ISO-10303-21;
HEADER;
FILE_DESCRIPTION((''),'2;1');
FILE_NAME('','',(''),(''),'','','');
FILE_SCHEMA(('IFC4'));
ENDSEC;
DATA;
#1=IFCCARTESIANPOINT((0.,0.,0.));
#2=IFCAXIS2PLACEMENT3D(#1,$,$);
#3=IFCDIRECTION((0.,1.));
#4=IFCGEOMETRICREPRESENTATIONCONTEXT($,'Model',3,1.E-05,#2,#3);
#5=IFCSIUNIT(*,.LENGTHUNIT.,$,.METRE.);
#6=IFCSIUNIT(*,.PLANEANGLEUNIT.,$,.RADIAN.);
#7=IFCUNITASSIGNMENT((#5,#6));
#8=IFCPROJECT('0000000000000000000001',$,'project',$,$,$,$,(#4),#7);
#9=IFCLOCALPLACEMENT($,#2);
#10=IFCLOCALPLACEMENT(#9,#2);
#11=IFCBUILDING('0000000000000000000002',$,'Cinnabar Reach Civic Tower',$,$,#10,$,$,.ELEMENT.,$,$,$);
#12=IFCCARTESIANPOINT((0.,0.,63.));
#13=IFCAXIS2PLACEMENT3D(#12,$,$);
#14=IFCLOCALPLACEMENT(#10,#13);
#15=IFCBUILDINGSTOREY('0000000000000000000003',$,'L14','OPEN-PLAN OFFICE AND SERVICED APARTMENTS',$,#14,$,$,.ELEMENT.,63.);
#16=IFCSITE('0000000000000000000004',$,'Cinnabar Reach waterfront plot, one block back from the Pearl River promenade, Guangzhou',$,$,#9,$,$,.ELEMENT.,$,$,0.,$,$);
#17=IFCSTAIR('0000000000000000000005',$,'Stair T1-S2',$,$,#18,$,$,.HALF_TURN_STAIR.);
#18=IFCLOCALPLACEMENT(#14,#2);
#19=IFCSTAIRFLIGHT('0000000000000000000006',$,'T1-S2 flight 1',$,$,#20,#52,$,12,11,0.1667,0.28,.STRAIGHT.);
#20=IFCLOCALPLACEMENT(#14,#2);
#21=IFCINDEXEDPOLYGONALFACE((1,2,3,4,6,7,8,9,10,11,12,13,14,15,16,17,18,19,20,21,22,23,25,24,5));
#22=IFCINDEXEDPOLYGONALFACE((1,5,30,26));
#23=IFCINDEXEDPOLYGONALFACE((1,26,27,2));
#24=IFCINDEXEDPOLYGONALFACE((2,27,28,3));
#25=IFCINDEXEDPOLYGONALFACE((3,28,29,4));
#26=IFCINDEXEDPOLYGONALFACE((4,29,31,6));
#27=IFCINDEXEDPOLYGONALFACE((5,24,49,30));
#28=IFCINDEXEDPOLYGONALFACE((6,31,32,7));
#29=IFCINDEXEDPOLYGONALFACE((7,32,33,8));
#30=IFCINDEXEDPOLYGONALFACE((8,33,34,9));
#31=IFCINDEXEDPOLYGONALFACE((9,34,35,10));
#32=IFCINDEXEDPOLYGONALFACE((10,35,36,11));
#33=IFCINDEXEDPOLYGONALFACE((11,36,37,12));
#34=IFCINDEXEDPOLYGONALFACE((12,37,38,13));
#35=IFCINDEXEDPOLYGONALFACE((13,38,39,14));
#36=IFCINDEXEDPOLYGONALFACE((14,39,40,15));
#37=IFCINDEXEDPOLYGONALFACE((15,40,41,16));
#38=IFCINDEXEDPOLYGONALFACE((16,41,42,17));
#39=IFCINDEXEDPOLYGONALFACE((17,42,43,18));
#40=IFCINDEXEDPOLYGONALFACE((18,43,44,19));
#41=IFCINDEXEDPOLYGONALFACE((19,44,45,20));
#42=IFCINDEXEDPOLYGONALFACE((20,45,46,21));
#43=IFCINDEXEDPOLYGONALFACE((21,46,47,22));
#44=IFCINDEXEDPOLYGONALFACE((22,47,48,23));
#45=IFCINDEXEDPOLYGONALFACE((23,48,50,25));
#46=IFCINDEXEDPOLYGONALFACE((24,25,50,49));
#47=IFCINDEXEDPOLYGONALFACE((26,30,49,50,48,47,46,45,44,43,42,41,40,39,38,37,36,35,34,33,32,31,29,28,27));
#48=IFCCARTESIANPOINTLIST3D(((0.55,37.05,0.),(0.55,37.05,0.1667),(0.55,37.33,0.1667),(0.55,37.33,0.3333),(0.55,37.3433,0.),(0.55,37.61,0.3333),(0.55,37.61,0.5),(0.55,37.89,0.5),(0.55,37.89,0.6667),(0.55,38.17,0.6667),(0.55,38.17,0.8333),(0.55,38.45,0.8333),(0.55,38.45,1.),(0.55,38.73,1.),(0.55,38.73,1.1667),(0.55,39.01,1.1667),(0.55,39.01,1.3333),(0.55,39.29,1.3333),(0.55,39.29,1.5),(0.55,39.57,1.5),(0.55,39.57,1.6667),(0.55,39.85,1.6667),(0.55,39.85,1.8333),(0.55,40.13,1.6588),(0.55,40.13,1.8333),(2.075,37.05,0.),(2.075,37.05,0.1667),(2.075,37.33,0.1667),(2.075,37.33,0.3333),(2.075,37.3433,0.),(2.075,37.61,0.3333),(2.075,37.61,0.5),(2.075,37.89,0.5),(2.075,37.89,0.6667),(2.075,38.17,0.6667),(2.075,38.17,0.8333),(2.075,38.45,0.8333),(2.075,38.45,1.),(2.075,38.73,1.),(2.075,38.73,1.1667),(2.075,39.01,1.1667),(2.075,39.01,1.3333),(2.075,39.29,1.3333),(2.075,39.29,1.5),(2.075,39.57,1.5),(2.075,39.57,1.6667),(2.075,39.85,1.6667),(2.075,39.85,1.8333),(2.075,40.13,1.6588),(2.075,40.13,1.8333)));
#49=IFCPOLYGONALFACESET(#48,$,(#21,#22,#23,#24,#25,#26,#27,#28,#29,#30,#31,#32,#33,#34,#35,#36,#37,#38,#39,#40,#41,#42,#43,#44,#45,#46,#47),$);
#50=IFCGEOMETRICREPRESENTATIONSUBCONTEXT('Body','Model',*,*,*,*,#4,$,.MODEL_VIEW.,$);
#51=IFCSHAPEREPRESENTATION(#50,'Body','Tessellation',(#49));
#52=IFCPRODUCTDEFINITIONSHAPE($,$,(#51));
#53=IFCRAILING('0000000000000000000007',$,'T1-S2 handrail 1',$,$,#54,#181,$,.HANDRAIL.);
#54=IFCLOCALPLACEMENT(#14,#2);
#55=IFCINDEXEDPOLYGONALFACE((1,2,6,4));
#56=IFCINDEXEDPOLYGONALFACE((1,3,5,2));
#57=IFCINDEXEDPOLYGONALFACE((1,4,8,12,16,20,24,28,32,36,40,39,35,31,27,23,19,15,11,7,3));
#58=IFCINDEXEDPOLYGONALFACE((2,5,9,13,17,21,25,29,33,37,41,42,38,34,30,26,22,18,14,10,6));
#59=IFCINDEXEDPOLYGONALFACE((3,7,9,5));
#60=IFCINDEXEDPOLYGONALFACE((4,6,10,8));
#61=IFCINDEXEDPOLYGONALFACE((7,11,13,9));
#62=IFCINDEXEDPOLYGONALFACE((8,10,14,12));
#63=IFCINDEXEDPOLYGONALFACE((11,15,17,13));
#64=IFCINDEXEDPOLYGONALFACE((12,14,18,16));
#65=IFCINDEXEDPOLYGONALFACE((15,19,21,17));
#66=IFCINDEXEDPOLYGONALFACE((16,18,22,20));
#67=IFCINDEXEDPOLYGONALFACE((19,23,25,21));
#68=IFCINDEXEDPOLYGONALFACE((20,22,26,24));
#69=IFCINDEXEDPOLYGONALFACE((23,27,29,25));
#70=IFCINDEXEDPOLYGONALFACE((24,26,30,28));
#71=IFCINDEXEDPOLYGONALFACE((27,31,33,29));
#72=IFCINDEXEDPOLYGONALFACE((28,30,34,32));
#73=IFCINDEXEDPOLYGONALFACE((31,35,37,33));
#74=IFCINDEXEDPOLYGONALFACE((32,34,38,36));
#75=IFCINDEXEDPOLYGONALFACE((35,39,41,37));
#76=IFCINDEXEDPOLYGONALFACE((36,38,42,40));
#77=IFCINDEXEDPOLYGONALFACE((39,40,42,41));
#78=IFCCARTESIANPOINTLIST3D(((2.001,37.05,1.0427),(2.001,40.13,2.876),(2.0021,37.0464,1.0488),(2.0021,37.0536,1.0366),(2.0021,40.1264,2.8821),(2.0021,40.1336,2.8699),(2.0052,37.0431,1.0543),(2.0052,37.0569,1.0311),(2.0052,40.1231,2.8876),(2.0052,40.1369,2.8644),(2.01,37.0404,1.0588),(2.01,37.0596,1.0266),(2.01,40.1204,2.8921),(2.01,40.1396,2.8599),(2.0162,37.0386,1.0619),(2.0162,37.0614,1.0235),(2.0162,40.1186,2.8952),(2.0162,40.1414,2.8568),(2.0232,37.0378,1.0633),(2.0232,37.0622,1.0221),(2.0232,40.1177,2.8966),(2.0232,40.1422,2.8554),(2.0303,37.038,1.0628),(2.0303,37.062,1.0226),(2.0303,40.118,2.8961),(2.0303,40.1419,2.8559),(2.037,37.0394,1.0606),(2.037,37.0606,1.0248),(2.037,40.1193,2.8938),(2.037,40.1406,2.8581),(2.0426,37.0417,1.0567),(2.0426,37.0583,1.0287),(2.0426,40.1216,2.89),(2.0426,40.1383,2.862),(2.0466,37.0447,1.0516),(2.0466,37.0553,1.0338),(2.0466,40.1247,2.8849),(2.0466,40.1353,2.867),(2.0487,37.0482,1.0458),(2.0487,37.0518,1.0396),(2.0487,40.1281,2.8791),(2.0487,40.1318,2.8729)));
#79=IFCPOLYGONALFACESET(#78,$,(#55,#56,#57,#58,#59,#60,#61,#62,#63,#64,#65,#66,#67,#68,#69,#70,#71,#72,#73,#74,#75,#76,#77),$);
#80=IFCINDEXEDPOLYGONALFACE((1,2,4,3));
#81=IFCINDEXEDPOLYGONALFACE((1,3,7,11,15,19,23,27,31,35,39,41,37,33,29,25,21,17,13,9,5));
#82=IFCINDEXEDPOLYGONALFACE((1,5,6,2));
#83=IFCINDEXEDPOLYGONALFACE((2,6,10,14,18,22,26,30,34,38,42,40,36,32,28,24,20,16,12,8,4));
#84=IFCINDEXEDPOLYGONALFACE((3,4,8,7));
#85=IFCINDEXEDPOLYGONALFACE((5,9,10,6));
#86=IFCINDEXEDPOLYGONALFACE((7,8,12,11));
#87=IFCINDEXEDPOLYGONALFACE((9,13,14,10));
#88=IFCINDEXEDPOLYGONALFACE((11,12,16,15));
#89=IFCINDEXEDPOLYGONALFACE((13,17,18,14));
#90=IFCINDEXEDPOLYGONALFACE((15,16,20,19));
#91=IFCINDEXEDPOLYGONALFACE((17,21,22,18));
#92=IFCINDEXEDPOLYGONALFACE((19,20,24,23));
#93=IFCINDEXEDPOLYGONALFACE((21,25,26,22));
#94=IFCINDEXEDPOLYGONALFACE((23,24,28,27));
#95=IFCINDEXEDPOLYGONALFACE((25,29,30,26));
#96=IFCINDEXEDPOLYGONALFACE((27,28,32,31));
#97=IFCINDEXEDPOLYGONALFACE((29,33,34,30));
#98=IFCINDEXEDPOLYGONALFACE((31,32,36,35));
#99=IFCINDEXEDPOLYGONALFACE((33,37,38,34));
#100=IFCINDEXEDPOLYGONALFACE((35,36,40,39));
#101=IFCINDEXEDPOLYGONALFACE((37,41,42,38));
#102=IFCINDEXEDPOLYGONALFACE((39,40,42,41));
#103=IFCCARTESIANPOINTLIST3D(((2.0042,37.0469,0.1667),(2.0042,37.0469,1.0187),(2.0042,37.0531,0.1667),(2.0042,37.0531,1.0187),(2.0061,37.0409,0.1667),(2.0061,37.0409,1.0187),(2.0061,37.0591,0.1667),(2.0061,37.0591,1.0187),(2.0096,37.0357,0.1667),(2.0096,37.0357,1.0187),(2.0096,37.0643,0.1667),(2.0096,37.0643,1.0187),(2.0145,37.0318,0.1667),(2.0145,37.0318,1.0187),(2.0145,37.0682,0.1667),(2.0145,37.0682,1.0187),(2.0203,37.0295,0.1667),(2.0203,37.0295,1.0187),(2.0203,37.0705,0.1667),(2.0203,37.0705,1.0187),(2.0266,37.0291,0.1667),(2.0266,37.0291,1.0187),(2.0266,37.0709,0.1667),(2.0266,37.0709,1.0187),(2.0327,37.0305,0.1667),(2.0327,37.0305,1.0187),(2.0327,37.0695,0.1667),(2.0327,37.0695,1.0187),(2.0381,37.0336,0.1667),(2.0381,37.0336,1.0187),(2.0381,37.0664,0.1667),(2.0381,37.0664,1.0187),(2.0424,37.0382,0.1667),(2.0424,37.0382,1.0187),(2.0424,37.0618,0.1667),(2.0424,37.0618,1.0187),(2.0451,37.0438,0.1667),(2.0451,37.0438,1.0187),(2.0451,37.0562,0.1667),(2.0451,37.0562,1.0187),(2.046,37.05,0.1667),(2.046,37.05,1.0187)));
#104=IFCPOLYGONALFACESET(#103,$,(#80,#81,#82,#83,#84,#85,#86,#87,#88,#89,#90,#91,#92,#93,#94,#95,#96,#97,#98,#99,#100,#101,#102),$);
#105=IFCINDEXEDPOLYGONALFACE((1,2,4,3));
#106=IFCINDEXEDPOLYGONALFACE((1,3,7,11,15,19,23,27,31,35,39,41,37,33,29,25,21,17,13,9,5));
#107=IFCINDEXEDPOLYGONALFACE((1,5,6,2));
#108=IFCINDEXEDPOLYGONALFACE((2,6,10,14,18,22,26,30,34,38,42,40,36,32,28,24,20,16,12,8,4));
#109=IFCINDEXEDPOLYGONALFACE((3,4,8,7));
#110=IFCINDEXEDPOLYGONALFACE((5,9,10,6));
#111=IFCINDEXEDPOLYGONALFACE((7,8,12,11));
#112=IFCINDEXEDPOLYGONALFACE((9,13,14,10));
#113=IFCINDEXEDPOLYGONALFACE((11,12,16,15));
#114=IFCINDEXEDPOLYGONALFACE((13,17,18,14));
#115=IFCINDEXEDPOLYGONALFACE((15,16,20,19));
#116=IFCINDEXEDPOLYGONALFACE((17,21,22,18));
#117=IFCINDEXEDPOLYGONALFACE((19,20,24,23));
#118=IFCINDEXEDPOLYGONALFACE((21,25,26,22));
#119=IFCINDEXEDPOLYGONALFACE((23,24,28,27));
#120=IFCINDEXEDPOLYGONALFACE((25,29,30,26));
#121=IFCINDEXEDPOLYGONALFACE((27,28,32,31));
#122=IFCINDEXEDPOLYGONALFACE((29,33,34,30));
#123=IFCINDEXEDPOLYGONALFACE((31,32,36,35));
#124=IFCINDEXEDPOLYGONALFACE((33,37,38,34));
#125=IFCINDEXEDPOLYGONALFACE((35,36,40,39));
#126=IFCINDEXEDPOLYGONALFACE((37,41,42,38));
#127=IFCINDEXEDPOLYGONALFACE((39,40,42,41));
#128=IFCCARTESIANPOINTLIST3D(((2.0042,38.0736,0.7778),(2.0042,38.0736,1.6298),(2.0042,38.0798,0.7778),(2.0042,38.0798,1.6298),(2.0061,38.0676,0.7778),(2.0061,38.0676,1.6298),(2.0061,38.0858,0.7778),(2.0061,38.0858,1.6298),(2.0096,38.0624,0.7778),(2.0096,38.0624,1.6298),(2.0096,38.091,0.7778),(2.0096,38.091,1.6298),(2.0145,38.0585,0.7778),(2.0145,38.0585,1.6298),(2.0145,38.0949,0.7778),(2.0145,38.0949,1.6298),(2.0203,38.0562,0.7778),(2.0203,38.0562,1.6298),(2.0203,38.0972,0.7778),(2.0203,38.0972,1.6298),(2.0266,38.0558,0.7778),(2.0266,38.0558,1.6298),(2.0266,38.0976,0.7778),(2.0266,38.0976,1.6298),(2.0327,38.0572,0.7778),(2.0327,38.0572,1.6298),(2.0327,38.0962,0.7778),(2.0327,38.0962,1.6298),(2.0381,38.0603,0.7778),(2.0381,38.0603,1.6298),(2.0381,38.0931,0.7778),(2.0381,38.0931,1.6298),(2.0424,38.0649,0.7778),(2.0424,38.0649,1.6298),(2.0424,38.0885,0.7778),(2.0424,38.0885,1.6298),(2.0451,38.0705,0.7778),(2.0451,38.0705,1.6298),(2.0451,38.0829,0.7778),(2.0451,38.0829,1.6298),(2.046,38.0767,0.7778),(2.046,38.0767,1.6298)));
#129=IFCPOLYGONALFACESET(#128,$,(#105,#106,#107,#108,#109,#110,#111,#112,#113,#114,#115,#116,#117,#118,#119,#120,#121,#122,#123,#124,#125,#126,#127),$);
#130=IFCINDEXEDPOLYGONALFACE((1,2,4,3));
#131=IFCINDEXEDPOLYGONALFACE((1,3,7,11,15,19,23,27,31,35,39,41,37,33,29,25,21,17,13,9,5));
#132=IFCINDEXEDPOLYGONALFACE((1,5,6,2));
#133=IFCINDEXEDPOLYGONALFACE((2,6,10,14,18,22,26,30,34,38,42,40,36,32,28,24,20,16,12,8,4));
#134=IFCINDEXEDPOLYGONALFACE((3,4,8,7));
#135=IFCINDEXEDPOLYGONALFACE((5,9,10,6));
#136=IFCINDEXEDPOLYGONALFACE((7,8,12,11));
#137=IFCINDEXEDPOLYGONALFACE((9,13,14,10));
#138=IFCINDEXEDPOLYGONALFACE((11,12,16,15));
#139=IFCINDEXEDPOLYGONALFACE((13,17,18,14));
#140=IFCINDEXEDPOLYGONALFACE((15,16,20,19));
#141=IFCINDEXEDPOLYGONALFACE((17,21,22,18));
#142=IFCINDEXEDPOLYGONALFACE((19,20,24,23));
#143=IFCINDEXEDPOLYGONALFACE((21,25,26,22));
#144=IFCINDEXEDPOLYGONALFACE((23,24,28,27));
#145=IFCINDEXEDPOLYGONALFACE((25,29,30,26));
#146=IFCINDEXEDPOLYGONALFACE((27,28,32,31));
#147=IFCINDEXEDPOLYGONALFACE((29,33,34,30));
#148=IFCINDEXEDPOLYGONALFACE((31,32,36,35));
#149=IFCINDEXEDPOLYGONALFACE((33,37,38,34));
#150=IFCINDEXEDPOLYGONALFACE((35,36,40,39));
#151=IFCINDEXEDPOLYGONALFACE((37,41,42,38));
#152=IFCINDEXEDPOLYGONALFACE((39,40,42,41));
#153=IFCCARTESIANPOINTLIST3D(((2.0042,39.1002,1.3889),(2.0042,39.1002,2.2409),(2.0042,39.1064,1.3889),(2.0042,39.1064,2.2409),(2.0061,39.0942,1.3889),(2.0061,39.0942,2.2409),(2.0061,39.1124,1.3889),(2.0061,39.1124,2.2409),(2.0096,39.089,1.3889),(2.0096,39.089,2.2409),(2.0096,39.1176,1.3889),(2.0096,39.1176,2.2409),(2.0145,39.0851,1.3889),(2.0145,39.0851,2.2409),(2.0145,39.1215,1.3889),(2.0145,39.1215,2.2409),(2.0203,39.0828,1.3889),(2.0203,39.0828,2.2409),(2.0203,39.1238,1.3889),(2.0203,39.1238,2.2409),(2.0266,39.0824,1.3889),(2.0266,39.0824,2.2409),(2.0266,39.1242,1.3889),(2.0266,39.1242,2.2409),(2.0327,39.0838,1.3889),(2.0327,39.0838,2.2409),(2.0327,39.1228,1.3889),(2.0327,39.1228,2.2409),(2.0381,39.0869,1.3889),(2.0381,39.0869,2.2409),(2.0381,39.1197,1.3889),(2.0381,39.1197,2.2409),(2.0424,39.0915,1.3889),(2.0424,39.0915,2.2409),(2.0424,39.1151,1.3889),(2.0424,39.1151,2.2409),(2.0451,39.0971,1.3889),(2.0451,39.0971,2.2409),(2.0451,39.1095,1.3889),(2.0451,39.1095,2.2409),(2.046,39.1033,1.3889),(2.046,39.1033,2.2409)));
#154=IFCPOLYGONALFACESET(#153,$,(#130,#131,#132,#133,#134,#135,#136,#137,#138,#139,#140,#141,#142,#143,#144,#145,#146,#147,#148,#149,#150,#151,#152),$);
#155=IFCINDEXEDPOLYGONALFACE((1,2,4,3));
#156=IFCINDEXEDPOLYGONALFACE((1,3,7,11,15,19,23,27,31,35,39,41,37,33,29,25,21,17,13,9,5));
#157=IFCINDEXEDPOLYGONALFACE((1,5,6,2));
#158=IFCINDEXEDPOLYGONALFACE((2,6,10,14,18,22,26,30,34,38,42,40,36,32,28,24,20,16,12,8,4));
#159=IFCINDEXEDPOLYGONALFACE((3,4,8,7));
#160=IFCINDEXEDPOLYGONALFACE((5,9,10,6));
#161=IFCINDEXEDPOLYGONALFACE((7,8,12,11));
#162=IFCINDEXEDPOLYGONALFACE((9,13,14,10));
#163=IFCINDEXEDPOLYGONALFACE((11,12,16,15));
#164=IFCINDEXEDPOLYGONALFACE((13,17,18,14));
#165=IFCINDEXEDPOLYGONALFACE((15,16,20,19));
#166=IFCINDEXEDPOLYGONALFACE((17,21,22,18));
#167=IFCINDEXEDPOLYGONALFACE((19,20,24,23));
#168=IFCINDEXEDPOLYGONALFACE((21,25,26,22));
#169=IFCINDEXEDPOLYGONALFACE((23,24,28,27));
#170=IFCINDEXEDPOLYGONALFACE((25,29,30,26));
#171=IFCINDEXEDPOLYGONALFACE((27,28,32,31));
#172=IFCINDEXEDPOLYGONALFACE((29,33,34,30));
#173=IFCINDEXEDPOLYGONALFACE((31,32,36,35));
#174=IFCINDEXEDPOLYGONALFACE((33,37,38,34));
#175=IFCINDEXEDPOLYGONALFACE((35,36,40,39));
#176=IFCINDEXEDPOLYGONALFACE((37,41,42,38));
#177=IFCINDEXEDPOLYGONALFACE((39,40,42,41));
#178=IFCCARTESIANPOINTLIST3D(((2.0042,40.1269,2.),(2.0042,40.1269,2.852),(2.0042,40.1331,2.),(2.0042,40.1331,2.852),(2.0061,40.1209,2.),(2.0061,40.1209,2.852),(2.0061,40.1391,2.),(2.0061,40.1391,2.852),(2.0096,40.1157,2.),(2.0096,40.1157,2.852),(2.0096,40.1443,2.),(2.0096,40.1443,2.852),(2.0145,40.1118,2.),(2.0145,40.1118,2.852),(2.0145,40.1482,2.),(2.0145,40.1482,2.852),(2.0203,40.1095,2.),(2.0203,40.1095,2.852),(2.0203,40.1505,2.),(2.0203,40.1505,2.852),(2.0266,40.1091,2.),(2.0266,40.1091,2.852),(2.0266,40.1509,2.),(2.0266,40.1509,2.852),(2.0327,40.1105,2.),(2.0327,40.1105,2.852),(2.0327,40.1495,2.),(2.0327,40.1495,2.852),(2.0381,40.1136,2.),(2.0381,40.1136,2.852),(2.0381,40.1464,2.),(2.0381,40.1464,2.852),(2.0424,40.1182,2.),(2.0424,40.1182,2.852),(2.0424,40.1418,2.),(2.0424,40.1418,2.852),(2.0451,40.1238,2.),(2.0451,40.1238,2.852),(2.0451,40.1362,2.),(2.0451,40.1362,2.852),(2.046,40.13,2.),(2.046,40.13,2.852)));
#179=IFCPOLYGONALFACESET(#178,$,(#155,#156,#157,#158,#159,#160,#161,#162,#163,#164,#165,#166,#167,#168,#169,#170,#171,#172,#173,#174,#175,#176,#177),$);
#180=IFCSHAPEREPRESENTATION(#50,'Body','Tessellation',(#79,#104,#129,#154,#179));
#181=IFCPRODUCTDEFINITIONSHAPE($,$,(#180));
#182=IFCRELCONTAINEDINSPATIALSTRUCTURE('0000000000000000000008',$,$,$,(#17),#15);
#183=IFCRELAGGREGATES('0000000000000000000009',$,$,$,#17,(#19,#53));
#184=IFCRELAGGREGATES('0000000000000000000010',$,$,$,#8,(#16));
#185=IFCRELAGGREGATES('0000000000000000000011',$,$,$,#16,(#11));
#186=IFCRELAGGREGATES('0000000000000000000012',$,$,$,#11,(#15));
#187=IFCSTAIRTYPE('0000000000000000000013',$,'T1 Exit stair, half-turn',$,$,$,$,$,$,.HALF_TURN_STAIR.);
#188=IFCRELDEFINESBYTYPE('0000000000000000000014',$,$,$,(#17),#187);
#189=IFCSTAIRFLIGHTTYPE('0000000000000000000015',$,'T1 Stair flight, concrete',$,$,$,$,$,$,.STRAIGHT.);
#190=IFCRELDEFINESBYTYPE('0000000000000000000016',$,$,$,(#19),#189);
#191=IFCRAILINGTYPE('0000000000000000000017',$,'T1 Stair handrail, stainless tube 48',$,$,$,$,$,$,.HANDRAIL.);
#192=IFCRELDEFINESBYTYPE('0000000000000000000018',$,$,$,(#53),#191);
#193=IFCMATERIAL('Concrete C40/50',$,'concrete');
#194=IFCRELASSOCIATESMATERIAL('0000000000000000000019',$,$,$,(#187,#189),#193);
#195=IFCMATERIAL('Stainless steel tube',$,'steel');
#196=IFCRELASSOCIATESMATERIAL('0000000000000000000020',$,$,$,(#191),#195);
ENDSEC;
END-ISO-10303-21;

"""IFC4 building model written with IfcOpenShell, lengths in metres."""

from ifc_helpers import new_model, si_unit, direction, frame, origin, origin_2d, place, context, subcontext, project, spatial, polyline, circle, outline, extrude, material, type_object, element, aggregate, save


model = new_model("IFC4")

# Units and contexts
model_context = context("Model", 3, precision=1e-05, world=origin(), true_north=direction((0.0, 1.0)))
body_context = subcontext(model_context, "Body", "Model", "MODEL_VIEW")
ifc_project = project(units=[si_unit("LENGTHUNIT", "METRE"), si_unit("PLANEANGLEUNIT", "RADIAN")], contexts=[model_context])

# Site, building, storey
site_placement = place(None, origin())
site = spatial("IfcSite", under=ifc_project, at=site_placement, Name="Cinnabar Reach waterfront plot, one block back from the Pearl River promenade, Guangzhou", CompositionType="ELEMENT", RefElevation=0.0)
building_placement = place(site_placement, origin())
building = spatial("IfcBuilding", under=site, at=building_placement, Name="Cinnabar Reach Civic Tower", CompositionType="ELEMENT")
storey_placement = place(building_placement, frame((0.0, 0.0, 63.0)))
storey = spatial("IfcBuildingStorey", under=building, at=storey_placement, Name="L14", Description="OPEN-PLAN OFFICE AND SERVICED APARTMENTS", CompositionType="ELEMENT", Elevation=63.0)

# Stair, stair flight, railing
ifc_material_1 = material(Name="Concrete C40/50", Category="concrete")
stair_type = type_object("IfcStairType", Name="T1 Exit stair, half-turn", PredefinedType="HALF_TURN_STAIR", material=ifc_material_1)
stair_placement = place(storey_placement, origin())
stair = element("IfcStair", 1, at=stair_placement, inside=storey, type_object=stair_type, Name="Stair T1-S2", PredefinedType="HALF_TURN_STAIR")
stair_flight_type = type_object("IfcStairFlightType", Name="T1 Stair flight, concrete", PredefinedType="STRAIGHT", material=ifc_material_1)
stair_flight_placement = place(storey_placement, frame((1.3125, 37.05, 0.0), z_axis=(0.0, 0.0, 1.0), x_axis=(0.0, 1.0, 0.0)))
stair_flight = element("IfcStairFlight", 2, at=stair_flight_placement, type_object=stair_flight_type, Name="T1-S2 flight 1", NumberOfRisers=12, NumberOfTreads=11, PredefinedType="STRAIGHT", RiserHeight=0.1667, TreadLength=0.28, context=body_context, shape_type="SweptSolid", body=[
    extrude(outline(polyline([(0.0, 0.0), (0.0, 0.1667), (0.28, 0.1667), (0.28, 0.3333), (0.56, 0.3333), (0.56, 0.5), (0.84, 0.5), (0.84, 0.6667), (1.12, 0.6667), (1.12, 0.8333), (1.4, 0.8333), (1.4, 1.0), (1.68, 1.0), (1.68, 1.1667), (1.96, 1.1667), (1.96, 1.3333), (2.24, 1.3333), (2.24, 1.5), (2.52, 1.5), (2.52, 1.6667), (2.8, 1.6667), (2.8, 1.8333), (3.08, 1.8333), (3.08, 2.0), (3.08, 1.6588), (0.2933, 0.0), (0.0, 0.0)])), frame((0.0, 0.7625, 0.0), z_axis=(0.0, -1.0, 0.0), x_axis=(1.0, 0.0, 0.0)), (0.0, 0.0, 1.0), 1.525),
])
ifc_material_2 = material(Name="Stainless steel tube", Category="steel")
railing_type = type_object("IfcRailingType", Name="T1 Stair handrail, stainless tube 48", PredefinedType="HANDRAIL", material=ifc_material_2)
railing_placement = place(storey_placement, frame((2.025, 37.05, 0.1667)))
railing = element("IfcRailing", 3, at=railing_placement, type_object=railing_type, Name="T1-S2 handrail 1", PredefinedType="HANDRAIL", context=body_context, shape_type="SweptSolid", body=[
    extrude(circle(Radius=0.024, at=origin_2d()), frame((0.0, 0.0, 0.876), z_axis=(0.0, 0.859297, 0.511477), x_axis=(-1.0, 0.0, 0.0)), (0.0, 0.0, 1.0), 3.5843),
    extrude(circle(Radius=0.021, at=origin_2d()), origin(), (0.0, 0.0, 1.0), 0.852),
    extrude(circle(Radius=0.021, at=origin_2d()), frame((0.0, 1.0267, 0.6111)), (0.0, 0.0, 1.0), 0.852),
    extrude(circle(Radius=0.021, at=origin_2d()), frame((0.0, 2.0533, 1.2222)), (0.0, 0.0, 1.0), 0.852),
    extrude(circle(Radius=0.021, at=origin_2d()), frame((0.0, 3.08, 1.8333)), (0.0, 0.0, 1.0), 0.852),
])
aggregate(stair, [stair_flight, railing])

save(model, "model.ifc")
